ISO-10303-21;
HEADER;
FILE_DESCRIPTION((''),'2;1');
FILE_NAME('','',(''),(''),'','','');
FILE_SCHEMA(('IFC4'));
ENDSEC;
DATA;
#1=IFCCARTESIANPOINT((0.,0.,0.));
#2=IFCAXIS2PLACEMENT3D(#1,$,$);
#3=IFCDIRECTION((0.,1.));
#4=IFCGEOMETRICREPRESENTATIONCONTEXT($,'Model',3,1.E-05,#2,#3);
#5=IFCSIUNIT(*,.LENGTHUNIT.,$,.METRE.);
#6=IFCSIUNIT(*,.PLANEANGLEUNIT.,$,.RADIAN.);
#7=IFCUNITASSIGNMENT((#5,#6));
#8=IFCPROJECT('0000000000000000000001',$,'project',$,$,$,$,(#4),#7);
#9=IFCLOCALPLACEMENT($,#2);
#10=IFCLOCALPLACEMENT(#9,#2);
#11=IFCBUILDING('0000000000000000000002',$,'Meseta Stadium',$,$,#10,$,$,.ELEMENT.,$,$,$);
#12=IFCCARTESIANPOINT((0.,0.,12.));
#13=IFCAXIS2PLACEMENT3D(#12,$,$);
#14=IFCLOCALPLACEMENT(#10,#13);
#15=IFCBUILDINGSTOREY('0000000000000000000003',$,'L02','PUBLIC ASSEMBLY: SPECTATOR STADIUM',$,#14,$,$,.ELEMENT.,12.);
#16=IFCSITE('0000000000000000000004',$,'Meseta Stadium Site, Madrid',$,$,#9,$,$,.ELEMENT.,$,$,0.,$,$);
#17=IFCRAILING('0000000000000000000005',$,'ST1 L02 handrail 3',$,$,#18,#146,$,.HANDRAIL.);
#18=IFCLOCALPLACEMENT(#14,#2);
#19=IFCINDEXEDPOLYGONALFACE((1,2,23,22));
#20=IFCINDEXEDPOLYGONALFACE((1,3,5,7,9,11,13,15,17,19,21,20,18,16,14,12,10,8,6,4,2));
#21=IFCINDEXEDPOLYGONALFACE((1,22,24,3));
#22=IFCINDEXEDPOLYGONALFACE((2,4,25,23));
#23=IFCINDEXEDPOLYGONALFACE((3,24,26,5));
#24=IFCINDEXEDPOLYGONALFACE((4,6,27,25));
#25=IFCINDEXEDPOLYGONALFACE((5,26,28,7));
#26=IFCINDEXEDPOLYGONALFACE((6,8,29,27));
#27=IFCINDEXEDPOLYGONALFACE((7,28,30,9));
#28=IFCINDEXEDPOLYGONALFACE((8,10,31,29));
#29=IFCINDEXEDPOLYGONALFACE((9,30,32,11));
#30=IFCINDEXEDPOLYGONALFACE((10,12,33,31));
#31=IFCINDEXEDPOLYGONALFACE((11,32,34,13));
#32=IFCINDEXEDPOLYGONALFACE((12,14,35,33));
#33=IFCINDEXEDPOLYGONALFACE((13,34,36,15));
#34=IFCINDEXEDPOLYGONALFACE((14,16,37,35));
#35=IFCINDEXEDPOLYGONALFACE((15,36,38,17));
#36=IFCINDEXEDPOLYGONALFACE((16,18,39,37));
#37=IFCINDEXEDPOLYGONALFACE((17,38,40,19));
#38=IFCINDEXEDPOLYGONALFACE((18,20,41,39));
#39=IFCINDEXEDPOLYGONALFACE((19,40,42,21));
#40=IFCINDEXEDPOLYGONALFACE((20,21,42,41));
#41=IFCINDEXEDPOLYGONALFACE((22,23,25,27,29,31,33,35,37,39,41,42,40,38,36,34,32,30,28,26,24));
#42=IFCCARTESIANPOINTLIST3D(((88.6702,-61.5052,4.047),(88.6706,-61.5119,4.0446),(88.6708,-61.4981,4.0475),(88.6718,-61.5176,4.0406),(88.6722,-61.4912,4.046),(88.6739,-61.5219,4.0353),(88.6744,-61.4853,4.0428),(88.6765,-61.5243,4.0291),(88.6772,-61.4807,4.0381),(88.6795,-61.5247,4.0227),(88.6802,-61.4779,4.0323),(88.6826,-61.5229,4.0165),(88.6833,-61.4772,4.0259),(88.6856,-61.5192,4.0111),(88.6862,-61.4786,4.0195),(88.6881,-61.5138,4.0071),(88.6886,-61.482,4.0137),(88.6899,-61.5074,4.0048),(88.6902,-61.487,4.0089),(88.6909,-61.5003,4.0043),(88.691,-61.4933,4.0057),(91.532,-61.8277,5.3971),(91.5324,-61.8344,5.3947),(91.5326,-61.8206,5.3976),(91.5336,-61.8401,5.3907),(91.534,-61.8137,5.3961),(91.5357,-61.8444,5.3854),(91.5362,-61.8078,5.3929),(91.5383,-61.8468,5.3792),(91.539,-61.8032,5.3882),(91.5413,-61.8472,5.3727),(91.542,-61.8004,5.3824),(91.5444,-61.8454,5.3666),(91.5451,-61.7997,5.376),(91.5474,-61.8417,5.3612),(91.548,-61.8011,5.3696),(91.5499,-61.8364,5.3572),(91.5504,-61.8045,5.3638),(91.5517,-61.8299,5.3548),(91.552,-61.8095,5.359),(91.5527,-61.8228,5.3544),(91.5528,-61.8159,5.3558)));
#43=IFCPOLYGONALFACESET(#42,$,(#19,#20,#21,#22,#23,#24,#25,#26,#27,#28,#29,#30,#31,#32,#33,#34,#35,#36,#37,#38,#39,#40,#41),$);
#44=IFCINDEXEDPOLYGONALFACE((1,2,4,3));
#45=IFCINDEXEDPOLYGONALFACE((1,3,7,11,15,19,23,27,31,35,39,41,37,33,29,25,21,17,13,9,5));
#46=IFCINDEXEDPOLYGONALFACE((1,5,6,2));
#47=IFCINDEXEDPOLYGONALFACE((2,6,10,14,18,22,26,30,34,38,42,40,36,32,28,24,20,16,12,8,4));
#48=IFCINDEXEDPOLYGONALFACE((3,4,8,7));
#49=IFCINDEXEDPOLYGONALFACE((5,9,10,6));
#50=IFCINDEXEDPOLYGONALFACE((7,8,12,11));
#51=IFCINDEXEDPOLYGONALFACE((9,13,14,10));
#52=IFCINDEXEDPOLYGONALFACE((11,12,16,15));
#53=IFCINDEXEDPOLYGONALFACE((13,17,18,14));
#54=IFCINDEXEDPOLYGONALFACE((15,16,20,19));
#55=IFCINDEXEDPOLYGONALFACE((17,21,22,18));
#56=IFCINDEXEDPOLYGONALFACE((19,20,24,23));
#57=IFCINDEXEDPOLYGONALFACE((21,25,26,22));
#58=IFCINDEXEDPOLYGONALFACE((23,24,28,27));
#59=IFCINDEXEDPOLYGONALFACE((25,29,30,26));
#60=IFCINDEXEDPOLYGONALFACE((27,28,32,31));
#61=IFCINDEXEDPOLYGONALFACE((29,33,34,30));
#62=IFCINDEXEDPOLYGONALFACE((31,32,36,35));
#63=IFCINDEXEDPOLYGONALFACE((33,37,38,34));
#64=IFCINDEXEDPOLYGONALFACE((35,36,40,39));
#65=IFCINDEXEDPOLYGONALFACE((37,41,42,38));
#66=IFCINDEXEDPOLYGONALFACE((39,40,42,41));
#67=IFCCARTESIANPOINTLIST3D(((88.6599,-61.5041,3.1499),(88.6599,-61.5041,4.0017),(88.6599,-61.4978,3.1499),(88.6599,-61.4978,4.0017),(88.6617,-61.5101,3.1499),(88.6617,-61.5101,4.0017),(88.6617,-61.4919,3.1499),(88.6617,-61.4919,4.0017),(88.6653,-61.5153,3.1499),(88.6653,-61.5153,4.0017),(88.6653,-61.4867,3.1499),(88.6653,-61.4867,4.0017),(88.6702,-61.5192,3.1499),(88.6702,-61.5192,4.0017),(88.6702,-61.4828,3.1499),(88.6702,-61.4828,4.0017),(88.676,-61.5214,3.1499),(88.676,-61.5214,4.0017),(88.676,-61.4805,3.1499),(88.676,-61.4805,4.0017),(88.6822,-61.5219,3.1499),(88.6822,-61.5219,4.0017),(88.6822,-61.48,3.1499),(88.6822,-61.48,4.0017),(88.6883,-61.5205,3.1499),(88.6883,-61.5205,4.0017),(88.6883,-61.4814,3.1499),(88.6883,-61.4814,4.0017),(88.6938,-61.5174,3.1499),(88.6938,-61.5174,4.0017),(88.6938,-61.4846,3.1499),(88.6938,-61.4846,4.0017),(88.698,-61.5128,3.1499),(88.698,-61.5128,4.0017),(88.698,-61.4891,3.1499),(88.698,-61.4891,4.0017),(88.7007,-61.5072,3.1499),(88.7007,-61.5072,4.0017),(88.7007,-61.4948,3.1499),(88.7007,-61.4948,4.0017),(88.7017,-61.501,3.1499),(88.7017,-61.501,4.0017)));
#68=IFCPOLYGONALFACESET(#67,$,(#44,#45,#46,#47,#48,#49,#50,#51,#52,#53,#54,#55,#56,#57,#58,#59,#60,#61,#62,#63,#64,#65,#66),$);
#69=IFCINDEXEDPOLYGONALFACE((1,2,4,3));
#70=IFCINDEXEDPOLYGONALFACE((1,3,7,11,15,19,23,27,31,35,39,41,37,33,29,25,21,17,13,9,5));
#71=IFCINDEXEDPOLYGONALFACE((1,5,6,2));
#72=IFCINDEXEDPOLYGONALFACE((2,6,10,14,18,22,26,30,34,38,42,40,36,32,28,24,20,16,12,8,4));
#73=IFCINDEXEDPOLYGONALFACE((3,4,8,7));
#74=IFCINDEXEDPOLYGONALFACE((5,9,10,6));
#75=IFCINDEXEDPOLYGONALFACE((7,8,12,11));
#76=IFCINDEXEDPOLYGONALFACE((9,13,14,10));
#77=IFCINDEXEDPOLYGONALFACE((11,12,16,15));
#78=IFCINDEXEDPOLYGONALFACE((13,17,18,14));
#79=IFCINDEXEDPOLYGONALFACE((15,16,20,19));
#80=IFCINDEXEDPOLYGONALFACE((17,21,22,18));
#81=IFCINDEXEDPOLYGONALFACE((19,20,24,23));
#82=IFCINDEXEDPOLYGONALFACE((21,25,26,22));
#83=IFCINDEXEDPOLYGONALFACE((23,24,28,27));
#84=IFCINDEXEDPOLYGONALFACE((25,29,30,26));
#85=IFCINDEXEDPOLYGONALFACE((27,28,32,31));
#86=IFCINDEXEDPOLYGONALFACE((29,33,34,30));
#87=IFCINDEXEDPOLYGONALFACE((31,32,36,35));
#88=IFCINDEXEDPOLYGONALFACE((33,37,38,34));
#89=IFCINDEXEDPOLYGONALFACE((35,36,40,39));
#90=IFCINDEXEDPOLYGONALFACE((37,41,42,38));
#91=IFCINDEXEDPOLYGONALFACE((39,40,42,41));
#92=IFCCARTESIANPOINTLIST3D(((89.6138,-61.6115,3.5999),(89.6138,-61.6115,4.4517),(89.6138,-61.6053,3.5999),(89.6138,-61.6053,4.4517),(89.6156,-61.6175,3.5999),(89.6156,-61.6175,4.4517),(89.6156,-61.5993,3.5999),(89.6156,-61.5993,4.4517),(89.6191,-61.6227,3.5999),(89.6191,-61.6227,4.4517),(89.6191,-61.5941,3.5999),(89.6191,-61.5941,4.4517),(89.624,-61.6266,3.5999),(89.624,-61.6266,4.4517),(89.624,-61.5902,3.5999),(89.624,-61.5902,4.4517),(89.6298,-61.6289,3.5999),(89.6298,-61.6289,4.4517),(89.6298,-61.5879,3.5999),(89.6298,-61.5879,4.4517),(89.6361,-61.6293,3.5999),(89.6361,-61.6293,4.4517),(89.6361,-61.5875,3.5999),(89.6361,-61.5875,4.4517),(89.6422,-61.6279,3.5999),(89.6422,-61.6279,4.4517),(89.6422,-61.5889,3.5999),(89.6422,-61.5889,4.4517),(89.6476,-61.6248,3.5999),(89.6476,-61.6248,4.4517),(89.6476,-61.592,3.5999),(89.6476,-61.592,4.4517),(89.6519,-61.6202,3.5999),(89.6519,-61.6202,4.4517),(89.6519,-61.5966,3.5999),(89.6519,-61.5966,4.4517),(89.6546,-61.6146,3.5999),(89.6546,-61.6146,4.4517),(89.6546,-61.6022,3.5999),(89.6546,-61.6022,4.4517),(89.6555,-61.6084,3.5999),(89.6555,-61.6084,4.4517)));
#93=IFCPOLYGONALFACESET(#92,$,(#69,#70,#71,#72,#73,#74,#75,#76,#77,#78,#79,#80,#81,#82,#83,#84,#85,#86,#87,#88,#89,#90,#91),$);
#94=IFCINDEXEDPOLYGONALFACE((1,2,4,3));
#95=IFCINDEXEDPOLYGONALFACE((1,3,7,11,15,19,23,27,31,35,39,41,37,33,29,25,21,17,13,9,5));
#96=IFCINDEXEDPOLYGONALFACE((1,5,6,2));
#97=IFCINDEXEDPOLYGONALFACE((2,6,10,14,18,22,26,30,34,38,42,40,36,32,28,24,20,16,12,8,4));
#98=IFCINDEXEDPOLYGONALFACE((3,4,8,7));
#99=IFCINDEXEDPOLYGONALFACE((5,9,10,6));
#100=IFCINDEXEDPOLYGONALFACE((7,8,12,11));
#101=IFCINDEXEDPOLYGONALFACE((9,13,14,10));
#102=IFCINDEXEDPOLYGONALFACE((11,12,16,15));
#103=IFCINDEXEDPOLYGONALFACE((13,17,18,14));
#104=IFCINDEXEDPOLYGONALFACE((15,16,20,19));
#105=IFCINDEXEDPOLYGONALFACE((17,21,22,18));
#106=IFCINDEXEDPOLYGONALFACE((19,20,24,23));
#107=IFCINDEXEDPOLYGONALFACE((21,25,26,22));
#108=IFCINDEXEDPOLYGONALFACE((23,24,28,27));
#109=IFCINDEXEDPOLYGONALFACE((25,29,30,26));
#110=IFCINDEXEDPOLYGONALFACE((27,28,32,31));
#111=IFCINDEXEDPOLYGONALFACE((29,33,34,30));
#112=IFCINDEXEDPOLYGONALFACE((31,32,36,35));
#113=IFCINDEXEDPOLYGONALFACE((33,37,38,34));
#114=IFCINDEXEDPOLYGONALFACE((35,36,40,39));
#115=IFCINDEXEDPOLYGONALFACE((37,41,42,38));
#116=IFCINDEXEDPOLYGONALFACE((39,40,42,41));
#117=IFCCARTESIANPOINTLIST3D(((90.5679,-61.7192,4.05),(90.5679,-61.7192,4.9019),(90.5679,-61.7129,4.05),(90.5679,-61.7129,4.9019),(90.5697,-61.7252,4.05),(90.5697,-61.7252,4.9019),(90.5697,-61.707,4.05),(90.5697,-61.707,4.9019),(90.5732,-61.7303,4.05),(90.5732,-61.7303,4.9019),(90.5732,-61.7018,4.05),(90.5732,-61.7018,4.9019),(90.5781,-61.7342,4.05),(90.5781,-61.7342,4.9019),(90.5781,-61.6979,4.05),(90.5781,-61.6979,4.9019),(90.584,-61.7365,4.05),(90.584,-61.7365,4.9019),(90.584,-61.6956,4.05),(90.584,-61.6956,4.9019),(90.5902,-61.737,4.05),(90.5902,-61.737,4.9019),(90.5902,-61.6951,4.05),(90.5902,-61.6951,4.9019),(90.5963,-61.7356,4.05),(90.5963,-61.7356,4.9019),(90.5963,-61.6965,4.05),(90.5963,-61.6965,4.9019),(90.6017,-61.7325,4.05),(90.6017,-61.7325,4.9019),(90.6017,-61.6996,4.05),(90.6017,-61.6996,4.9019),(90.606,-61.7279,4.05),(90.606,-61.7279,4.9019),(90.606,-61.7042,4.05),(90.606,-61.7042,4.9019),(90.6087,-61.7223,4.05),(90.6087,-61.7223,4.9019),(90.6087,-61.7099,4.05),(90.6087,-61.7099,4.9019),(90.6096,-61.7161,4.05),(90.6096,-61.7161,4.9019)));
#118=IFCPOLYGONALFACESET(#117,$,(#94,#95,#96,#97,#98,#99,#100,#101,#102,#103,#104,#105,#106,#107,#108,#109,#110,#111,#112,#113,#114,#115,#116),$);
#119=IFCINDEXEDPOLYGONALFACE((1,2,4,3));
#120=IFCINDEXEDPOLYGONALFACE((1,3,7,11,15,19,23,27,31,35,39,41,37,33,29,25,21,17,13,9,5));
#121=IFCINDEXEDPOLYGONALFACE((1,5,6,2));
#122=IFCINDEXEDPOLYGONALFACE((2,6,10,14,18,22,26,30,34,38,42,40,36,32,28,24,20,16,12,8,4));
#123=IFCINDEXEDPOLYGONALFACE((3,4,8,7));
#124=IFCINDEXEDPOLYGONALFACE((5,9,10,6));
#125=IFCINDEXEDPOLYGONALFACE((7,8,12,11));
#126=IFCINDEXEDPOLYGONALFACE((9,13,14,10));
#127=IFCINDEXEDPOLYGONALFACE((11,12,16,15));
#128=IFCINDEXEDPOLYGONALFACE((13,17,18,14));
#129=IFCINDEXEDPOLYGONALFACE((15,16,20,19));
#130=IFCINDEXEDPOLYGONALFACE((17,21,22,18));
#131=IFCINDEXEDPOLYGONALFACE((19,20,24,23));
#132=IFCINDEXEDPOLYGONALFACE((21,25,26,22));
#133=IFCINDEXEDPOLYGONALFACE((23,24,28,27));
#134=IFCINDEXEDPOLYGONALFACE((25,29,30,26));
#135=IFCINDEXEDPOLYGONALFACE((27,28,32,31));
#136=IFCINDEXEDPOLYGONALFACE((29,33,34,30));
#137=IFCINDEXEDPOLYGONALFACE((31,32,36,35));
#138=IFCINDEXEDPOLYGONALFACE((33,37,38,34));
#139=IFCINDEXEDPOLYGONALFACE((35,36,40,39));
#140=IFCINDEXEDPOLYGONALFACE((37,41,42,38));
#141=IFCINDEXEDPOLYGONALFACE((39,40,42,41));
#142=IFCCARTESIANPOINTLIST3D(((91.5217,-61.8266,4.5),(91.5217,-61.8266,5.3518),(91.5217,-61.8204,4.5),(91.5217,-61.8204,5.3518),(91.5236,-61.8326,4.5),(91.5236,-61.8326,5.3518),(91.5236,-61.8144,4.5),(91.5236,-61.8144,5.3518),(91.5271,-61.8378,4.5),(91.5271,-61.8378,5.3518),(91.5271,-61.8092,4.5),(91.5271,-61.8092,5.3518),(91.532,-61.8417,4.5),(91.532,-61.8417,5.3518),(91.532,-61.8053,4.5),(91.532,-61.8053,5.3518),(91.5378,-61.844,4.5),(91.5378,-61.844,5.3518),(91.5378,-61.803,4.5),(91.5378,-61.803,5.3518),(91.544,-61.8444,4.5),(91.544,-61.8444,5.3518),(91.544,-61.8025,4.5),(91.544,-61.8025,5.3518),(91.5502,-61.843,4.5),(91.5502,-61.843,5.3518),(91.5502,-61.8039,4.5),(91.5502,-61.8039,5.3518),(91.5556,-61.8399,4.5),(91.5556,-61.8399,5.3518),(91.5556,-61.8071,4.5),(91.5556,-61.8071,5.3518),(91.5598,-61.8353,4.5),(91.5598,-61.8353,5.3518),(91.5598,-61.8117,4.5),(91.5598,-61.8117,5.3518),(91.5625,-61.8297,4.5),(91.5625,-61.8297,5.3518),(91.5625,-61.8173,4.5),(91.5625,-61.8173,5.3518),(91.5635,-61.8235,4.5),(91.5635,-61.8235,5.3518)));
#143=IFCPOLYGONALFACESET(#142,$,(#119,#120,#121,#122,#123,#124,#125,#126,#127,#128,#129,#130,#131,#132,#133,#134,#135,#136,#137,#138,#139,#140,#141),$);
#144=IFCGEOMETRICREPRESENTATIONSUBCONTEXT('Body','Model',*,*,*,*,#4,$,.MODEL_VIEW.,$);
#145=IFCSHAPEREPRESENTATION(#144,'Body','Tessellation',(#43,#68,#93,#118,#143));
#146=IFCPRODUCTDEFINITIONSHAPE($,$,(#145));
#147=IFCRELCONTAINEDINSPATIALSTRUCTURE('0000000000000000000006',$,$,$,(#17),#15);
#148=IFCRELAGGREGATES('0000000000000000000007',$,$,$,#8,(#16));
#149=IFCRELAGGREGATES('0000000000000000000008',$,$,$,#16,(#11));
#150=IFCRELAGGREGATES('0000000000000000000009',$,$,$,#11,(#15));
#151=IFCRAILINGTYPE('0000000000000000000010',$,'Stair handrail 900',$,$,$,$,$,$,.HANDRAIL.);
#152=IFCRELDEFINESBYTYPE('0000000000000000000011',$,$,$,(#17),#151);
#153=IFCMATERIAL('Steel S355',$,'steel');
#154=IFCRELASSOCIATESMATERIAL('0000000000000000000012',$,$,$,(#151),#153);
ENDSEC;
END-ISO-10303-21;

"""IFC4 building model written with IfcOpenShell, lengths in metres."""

from ifc_helpers import new_model, si_unit, direction, frame, origin, origin_2d, place, context, subcontext, project, spatial, circle, extrude, material, type_object, element, save


model = new_model("IFC4")

# Units and contexts
model_context = context("Model", 3, precision=1e-05, world=origin(), true_north=direction((0.0, 1.0)))
body_context = subcontext(model_context, "Body", "Model", "MODEL_VIEW")
ifc_project = project(units=[si_unit("LENGTHUNIT", "METRE"), si_unit("PLANEANGLEUNIT", "RADIAN")], contexts=[model_context])

# Site, building, storey
site_placement = place(None, origin())
site = spatial("IfcSite", under=ifc_project, at=site_placement, Name="Meseta Stadium Site, Madrid", CompositionType="ELEMENT", RefElevation=0.0)
building_placement = place(site_placement, origin())
building = spatial("IfcBuilding", under=site, at=building_placement, Name="Meseta Stadium", CompositionType="ELEMENT")
storey_placement = place(building_placement, frame((0.0, 0.0, 12.0)))
storey = spatial("IfcBuildingStorey", under=building, at=storey_placement, Name="L02", Description="PUBLIC ASSEMBLY: SPECTATOR STADIUM", CompositionType="ELEMENT", Elevation=12.0)

# Railing
ifc_material_1 = material(Name="Steel S355", Category="steel")
railing_type_1 = type_object("IfcRailingType", Name="Stair handrail 900", PredefinedType="HANDRAIL", material=ifc_material_1)
for number, where, name in (
    (1, (88.6807, -61.501, 3.1499), "ST1 L02 handrail 3"),
):
    element("IfcRailing", number, at=place(storey_placement, frame(where)), inside=storey, type_object=railing_type_1, Name=name, PredefinedType="HANDRAIL", context=body_context, shape_type="SweptSolid", body=[
        extrude(circle(Radius=0.0239, at=origin_2d()), frame((0.0, 0.0, 0.876), z_axis=(0.899748, -0.101396, 0.424467), x_axis=(0.111985, 0.99371, 0.0)), (0.0, 0.0, 1.0), 3.1807),
        extrude(circle(Radius=0.021, at=origin_2d()), origin(), (0.0, 0.0, 1.0), 0.8518),
        extrude(circle(Radius=0.021, at=origin_2d()), frame((0.9539, -0.1074, 0.45)), (0.0, 0.0, 1.0), 0.8518),
        extrude(circle(Radius=0.021, at=origin_2d()), frame((1.908, -0.2151, 0.9001)), (0.0, 0.0, 1.0), 0.8518),
        extrude(circle(Radius=0.021, at=origin_2d()), frame((2.8618, -0.3225, 1.3501)), (0.0, 0.0, 1.0), 0.8518),
    ])

save(model, "model.ifc")
